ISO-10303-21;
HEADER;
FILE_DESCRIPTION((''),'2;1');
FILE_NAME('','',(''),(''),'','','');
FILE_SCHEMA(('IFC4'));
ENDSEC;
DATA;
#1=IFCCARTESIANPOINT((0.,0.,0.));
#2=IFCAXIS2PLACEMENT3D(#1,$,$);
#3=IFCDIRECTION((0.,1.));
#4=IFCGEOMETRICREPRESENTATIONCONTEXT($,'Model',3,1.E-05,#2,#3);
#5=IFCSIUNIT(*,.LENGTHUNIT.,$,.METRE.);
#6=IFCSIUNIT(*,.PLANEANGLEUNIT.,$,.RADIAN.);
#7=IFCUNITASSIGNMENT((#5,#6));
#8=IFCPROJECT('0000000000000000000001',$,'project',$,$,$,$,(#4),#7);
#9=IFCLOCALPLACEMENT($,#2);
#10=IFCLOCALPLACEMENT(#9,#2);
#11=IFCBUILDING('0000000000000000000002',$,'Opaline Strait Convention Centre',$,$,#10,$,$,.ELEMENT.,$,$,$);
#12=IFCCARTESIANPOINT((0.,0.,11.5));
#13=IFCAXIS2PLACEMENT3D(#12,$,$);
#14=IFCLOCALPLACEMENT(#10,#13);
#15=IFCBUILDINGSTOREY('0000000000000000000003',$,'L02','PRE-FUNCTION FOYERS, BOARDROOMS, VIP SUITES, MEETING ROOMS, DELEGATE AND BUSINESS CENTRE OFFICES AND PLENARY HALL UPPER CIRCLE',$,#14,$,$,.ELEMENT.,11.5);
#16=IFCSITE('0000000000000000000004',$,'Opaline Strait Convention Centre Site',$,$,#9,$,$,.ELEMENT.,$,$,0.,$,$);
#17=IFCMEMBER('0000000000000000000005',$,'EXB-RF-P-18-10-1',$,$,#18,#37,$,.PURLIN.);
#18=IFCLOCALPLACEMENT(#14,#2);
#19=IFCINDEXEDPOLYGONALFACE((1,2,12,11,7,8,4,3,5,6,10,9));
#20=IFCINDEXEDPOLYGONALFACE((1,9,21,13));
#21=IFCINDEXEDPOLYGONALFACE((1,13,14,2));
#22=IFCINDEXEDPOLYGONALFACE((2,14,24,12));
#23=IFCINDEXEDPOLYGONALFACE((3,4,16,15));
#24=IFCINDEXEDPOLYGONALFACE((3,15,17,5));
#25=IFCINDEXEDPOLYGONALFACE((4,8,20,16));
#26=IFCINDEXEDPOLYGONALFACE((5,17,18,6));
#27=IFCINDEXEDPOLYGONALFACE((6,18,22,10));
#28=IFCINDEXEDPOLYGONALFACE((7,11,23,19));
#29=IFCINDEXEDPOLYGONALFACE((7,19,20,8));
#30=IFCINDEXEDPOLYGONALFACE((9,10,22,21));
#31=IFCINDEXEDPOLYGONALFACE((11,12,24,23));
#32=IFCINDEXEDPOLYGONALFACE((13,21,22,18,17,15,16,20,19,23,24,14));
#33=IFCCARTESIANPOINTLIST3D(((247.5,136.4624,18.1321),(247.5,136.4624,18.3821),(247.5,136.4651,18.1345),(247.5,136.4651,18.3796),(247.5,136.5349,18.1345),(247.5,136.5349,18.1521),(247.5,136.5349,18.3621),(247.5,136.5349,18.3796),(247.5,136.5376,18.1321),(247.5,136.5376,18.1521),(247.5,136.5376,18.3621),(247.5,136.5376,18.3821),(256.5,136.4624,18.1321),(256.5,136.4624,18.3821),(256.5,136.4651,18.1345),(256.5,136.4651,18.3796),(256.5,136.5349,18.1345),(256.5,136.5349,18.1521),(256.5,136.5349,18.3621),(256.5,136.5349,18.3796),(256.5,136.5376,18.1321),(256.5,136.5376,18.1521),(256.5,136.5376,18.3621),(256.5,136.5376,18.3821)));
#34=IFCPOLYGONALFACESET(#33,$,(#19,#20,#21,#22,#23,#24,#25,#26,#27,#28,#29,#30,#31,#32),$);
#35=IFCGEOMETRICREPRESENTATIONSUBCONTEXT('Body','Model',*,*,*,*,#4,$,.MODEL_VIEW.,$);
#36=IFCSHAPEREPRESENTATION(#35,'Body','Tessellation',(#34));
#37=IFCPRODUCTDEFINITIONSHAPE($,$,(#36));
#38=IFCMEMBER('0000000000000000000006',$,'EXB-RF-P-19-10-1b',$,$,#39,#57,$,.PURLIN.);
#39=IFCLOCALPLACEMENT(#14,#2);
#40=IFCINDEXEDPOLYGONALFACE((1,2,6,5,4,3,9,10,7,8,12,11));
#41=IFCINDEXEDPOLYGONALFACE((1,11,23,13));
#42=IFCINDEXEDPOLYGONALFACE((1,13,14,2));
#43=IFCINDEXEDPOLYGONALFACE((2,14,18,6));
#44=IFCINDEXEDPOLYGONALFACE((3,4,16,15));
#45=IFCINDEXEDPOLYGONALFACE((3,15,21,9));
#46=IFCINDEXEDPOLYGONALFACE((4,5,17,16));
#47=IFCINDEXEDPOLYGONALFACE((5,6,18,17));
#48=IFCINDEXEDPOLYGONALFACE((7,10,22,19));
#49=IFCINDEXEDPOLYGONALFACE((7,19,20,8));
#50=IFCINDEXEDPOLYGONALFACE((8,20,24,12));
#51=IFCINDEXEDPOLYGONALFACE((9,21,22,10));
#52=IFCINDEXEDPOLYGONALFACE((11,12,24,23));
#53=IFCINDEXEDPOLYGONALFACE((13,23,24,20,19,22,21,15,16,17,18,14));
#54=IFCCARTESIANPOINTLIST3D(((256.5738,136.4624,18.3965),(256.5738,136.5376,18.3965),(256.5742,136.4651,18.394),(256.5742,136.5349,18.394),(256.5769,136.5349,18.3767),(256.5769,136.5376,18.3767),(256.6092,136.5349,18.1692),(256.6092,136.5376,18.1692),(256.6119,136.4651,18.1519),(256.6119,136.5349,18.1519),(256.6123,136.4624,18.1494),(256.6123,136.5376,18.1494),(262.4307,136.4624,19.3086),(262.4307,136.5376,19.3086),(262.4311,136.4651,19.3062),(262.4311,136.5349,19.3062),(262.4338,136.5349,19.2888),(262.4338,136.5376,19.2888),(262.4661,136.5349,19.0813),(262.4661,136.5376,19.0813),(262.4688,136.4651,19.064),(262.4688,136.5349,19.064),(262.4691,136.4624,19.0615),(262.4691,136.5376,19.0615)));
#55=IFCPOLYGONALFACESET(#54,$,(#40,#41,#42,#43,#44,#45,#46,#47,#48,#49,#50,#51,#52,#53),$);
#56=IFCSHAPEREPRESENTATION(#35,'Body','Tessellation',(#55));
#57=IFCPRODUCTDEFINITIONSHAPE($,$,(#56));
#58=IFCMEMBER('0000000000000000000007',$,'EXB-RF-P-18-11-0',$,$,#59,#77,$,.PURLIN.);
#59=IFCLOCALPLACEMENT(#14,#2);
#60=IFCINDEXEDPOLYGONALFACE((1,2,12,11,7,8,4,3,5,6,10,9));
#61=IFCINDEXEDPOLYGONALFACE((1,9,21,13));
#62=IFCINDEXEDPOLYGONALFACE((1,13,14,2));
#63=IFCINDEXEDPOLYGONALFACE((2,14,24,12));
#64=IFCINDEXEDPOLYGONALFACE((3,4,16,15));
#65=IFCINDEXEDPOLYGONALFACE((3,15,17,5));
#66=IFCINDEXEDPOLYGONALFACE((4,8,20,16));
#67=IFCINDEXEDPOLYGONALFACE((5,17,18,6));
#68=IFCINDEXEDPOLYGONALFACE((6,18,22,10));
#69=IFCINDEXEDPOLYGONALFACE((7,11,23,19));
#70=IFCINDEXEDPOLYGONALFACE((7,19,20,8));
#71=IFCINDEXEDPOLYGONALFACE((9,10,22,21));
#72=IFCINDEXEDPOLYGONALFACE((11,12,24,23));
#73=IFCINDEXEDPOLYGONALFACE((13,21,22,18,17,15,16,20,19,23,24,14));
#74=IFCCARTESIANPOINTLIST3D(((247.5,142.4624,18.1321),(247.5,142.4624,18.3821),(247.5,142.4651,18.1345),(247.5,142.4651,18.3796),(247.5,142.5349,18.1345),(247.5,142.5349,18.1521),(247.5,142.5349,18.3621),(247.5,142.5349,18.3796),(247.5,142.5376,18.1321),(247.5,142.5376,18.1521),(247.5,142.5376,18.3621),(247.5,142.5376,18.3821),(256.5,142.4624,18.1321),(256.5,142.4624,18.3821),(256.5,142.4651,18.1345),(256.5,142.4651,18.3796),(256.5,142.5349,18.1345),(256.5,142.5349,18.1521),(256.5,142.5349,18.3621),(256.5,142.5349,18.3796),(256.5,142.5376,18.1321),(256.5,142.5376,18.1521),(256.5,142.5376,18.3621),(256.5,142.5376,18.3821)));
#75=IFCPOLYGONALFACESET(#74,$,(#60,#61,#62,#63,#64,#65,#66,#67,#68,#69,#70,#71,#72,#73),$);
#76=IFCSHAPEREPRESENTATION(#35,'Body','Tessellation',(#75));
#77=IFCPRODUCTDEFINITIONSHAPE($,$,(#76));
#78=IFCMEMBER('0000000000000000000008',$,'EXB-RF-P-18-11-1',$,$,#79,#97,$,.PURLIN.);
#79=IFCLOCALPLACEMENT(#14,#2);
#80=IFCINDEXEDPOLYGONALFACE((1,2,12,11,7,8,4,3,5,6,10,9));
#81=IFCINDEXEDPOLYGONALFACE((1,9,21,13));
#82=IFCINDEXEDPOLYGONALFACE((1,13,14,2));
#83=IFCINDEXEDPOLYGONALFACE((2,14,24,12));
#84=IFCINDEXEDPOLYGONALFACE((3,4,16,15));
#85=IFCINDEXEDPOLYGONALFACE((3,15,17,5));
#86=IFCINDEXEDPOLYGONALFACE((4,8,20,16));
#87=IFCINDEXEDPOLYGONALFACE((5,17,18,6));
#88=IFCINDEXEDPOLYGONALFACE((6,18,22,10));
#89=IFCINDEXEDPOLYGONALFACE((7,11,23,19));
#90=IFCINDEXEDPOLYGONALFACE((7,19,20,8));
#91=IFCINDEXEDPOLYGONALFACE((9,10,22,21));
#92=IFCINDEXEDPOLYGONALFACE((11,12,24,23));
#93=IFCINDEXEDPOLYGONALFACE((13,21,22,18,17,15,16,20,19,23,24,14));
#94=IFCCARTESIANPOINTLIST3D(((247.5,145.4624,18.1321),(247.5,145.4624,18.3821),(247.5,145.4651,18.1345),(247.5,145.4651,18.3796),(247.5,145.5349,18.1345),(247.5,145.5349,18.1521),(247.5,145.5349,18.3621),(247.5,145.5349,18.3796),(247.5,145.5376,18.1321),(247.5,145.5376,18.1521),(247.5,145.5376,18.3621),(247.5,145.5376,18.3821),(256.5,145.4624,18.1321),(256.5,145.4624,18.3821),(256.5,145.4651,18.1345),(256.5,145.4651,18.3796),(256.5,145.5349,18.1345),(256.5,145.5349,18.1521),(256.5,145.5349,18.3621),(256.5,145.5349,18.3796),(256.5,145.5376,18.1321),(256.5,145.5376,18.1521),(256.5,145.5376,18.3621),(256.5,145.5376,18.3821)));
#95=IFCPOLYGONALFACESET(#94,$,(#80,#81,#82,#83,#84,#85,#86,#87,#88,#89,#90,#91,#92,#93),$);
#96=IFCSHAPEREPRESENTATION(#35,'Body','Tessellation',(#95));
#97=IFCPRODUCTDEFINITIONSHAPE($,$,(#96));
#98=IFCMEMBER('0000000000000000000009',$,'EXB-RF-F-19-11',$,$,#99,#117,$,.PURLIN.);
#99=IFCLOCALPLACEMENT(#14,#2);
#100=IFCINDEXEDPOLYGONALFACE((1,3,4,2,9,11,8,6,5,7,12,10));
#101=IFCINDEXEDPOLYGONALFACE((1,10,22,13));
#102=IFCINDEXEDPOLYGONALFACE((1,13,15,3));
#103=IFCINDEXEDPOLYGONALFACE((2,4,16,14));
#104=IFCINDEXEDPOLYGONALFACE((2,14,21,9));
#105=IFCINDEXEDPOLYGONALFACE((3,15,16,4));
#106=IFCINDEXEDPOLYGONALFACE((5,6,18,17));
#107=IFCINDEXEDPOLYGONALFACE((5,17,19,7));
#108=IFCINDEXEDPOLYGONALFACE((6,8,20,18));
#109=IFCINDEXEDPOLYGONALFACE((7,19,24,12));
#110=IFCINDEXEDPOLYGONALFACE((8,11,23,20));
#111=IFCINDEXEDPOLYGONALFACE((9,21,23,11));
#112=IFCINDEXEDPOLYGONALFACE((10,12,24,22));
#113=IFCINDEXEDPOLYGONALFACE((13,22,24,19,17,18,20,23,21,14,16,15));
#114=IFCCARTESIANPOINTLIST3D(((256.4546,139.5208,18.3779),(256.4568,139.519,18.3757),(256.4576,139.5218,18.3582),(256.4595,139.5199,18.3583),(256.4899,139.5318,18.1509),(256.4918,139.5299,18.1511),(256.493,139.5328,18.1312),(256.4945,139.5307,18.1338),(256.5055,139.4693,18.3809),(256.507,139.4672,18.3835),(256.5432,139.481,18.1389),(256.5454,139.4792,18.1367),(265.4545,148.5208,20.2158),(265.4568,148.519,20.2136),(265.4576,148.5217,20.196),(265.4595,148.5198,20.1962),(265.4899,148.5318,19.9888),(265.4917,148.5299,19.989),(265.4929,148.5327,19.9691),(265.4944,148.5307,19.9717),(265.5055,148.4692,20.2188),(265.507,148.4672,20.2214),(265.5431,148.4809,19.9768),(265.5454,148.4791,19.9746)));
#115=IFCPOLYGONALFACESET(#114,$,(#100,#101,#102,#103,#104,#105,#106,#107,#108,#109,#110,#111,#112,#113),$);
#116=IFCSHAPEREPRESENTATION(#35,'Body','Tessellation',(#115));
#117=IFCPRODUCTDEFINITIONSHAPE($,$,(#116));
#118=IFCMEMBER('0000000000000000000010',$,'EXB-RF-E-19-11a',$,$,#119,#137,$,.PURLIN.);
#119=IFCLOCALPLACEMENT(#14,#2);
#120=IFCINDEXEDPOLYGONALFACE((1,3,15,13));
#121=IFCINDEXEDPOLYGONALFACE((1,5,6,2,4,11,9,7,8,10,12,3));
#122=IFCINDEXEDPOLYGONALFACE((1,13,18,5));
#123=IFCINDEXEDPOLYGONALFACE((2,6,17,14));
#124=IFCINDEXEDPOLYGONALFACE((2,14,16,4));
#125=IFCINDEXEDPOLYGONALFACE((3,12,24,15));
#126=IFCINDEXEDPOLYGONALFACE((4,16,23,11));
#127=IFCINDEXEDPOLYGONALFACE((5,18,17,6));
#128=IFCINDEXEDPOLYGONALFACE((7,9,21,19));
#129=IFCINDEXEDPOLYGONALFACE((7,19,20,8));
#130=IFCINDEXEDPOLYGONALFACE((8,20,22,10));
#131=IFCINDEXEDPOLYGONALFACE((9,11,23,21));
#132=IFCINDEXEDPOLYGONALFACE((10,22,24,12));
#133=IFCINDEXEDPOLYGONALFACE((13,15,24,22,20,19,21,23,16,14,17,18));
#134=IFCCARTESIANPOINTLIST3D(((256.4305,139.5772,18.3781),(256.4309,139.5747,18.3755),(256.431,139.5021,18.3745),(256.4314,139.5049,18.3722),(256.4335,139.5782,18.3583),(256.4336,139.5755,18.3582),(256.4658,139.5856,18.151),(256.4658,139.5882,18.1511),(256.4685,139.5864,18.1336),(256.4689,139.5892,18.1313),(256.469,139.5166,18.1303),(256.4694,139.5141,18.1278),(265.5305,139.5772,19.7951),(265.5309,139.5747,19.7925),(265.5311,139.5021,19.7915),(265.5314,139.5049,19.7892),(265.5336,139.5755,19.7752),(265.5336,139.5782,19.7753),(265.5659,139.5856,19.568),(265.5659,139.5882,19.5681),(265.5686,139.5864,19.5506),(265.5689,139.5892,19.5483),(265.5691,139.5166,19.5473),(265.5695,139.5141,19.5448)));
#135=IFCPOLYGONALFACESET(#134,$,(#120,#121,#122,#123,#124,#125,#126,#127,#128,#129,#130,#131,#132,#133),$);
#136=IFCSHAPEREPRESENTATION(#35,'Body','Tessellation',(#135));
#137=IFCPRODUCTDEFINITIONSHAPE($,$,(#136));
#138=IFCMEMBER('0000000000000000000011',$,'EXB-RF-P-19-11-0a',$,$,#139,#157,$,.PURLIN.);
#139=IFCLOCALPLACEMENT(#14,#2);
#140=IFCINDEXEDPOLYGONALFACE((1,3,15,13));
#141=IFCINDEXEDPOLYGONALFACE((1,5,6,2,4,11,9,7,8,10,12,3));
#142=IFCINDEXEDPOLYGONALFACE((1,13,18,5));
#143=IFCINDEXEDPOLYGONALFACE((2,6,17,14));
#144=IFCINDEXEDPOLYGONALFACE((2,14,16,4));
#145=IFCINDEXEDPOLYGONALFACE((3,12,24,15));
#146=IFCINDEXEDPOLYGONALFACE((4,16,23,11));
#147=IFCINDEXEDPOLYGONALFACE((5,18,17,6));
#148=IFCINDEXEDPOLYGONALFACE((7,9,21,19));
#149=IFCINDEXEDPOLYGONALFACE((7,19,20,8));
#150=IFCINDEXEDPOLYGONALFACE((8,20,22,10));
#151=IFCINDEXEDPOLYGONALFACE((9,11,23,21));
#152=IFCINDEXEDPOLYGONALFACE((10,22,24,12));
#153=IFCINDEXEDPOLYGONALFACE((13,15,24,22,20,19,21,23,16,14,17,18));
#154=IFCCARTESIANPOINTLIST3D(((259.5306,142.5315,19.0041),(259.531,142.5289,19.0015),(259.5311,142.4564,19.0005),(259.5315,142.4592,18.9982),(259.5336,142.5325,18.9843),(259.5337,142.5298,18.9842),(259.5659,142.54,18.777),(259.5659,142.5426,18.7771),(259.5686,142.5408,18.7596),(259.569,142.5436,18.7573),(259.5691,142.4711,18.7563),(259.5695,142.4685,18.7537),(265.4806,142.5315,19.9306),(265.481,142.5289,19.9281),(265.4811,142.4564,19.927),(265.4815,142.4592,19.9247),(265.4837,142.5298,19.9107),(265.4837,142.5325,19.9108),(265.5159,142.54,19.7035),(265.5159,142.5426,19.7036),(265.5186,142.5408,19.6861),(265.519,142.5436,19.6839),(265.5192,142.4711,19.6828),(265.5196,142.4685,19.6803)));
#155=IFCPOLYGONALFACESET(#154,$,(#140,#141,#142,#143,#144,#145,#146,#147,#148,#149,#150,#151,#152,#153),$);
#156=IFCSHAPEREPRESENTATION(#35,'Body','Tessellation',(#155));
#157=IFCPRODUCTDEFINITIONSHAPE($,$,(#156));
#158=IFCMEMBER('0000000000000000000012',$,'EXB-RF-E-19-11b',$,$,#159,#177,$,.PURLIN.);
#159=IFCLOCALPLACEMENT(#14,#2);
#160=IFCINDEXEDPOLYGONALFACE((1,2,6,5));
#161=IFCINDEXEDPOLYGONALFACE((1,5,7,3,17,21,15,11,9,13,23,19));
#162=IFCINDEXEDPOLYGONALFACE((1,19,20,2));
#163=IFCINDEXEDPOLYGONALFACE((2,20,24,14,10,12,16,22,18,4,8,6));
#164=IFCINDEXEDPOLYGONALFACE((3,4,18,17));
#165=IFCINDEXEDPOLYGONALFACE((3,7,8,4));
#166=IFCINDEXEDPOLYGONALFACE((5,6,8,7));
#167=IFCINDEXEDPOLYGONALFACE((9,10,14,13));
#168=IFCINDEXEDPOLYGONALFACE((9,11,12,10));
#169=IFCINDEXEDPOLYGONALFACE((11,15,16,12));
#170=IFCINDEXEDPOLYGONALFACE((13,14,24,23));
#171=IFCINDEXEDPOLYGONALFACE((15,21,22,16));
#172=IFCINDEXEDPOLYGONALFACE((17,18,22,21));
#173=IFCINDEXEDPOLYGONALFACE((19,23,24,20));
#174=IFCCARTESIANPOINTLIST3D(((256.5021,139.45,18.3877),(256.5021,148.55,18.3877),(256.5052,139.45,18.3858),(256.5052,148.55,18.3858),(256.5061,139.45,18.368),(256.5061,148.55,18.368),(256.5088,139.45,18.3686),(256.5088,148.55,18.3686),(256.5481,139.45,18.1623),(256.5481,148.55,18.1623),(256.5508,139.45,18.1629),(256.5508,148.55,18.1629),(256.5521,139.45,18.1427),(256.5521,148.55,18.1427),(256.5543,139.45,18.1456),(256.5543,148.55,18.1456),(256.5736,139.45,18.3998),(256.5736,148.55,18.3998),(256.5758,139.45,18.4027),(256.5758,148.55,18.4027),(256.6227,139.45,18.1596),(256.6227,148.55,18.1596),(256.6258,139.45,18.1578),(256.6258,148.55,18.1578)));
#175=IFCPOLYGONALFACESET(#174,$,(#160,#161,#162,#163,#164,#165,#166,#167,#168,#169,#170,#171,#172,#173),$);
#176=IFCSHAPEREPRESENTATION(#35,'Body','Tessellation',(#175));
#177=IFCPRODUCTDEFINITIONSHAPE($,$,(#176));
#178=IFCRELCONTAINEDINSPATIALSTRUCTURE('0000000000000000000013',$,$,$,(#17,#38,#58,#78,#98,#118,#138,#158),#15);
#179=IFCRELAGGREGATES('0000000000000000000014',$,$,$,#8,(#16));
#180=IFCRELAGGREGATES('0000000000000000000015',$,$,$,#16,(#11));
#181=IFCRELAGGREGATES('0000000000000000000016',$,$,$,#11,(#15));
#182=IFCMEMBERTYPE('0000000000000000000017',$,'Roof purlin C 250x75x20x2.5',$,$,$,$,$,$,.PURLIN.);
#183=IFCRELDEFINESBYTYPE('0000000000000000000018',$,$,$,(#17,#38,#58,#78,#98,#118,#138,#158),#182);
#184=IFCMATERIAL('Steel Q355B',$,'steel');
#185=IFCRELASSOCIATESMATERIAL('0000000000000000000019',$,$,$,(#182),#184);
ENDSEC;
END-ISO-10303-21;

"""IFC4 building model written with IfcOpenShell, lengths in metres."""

from ifc_helpers import new_model, si_unit, direction, frame, origin, place, context, subcontext, project, spatial, polyline, outline, extrude, material, material_profile, profile_set, type_object, element, save


model = new_model("IFC4")

# Units and contexts
model_context = context("Model", 3, precision=1e-05, world=origin(), true_north=direction((0.0, 1.0)))
body_context = subcontext(model_context, "Body", "Model", "MODEL_VIEW")
ifc_project = project(units=[si_unit("LENGTHUNIT", "METRE"), si_unit("PLANEANGLEUNIT", "RADIAN")], contexts=[model_context])

# Site, building, storey
site_placement = place(None, origin())
site = spatial("IfcSite", under=ifc_project, at=site_placement, Name="Opaline Strait Convention Centre Site", CompositionType="ELEMENT", RefElevation=0.0)
building_placement = place(site_placement, origin())
building = spatial("IfcBuilding", under=site, at=building_placement, Name="Opaline Strait Convention Centre", CompositionType="ELEMENT")
storey_placement = place(building_placement, frame((0.0, 0.0, 11.5)))
storey = spatial("IfcBuildingStorey", under=building, at=storey_placement, Name="L02", Description="PRE-FUNCTION FOYERS, BOARDROOMS, VIP SUITES, MEETING ROOMS, DELEGATE AND BUSINESS CENTRE OFFICES AND PLENARY HALL UPPER CIRCLE", CompositionType="ELEMENT", Elevation=11.5)

# Members
ifc_material_1 = material(Name="Steel Q355B", Category="steel")
ifc_material_profile_1 = material_profile(ifc_material_1, outline(polyline([(-0.0376, -0.125), (0.0376, -0.125), (0.0376, -0.105), (0.0349, -0.105), (0.0349, -0.1226), (-0.0349, -0.1226), (-0.0349, 0.1226), (0.0349, 0.1226), (0.0349, 0.105), (0.0376, 0.105), (0.0376, 0.125), (-0.0376, 0.125), (-0.0376, -0.125)])), Name="C 250x75x20x2.5")
ifc_profile_set_1 = profile_set([ifc_material_profile_1], Name="Steel Q355B")
member_type_1 = type_object("IfcMemberType", Name="Roof purlin C 250x75x20x2.5", PredefinedType="PURLIN", material=ifc_profile_set_1)
member_1_placement = place(storey_placement, frame((247.5, 136.5, 18.2571), z_axis=(1.0, 0.0, 0.0), x_axis=(0.0, 1.0, 0.0)))
element("IfcMember", 1, at=member_1_placement, inside=storey, type_object=member_type_1, Name="EXB-RF-P-18-10-1", PredefinedType="PURLIN", context=body_context, shape_type="SweptSolid", body=[
    extrude(outline(polyline([(-0.0376, -0.125), (0.0376, -0.125), (0.0376, -0.105), (0.0349, -0.105), (0.0349, -0.1226), (-0.0349, -0.1226), (-0.0349, 0.1226), (0.0349, 0.1226), (0.0349, 0.105), (0.0376, 0.105), (0.0376, 0.125), (-0.0376, 0.125), (-0.0376, -0.125)])), origin(), (0.0, 0.0, 1.0), 9.0),
])
member_2_placement = place(storey_placement, frame((256.593, 136.5, 18.2729), z_axis=(0.98809, 0.0, 0.153877), x_axis=(0.0, 1.0, 0.0)))
element("IfcMember", 2, at=member_2_placement, inside=storey, type_object=member_type_1, Name="EXB-RF-P-19-10-1b", PredefinedType="PURLIN", context=body_context, shape_type="SweptSolid", body=[
    extrude(outline(polyline([(-0.0376, -0.125), (0.0376, -0.125), (0.0376, -0.105), (0.0349, -0.105), (0.0349, -0.1226), (-0.0349, -0.1226), (-0.0349, 0.1226), (0.0349, 0.1226), (0.0349, 0.105), (0.0376, 0.105), (0.0376, 0.125), (-0.0376, 0.125), (-0.0376, -0.125)])), origin(), (0.0, 0.0, 1.0), 5.9275),
])
for number, where, z_axis, x_axis, name in (
    (3, (247.5, 142.5, 18.2571), (1.0, 0.0, 0.0), (0.0, 1.0, 0.0), "EXB-RF-P-18-11-0"),
    (4, (247.5, 145.5, 18.2571), (1.0, 0.0, 0.0), (0.0, 1.0, 0.0), "EXB-RF-P-18-11-1"),
):
    element("IfcMember", number, at=place(storey_placement, frame(where, z_axis=z_axis, x_axis=x_axis)), inside=storey, type_object=member_type_1, Name=name, PredefinedType="PURLIN", context=body_context, shape_type="SweptSolid", body=[
        extrude(outline(polyline([(-0.0376, -0.125), (0.0376, -0.125), (0.0376, -0.105), (0.0349, -0.105), (0.0349, -0.1226), (-0.0349, -0.1226), (-0.0349, 0.1226), (0.0349, 0.1226), (0.0349, 0.105), (0.0376, 0.105), (0.0376, 0.125), (-0.0376, 0.125), (-0.0376, -0.125)])), origin(), (0.0, 0.0, 1.0), 9.0),
    ])
member_3_placement = place(storey_placement, frame((256.5, 139.5, 18.2573), z_axis=(0.699848, 0.699848, 0.142916), x_axis=(-0.697562, 0.712686, -0.074064)))
element("IfcMember", 5, at=member_3_placement, inside=storey, type_object=member_type_1, Name="EXB-RF-F-19-11", PredefinedType="PURLIN", context=body_context, shape_type="SweptSolid", body=[
    extrude(outline(polyline([(-0.0376, -0.125), (0.0376, -0.125), (0.0376, -0.105), (0.0349, -0.105), (0.0349, -0.1226), (-0.0349, -0.1226), (-0.0349, 0.1226), (0.0349, 0.1226), (0.0349, 0.105), (0.0376, 0.105), (0.0376, 0.125), (-0.0376, 0.125), (-0.0376, -0.125)])), origin(), (0.0, 0.0, 1.0), 12.8599),
])
member_4_placement = place(storey_placement, frame((256.45, 139.5457, 18.2529), z_axis=(0.988093, 0.0, 0.153858), x_axis=(-0.007363, 0.998854, 0.047288)))
element("IfcMember", 6, at=member_4_placement, inside=storey, type_object=member_type_1, Name="EXB-RF-E-19-11a", PredefinedType="PURLIN", context=body_context, shape_type="SweptSolid", body=[
    extrude(outline(polyline([(-0.0376, -0.125), (0.0376, -0.125), (0.0376, -0.105), (0.0349, -0.105), (0.0349, -0.1226), (-0.0349, -0.1226), (-0.0349, 0.1226), (0.0349, 0.1226), (0.0349, 0.105), (0.0376, 0.105), (0.0376, 0.125), (-0.0376, 0.125), (-0.0376, -0.125)])), origin(), (0.0, 0.0, 1.0), 9.2097),
])
member_5_placement = place(storey_placement, frame((259.55, 142.5, 18.8789), z_axis=(0.988092, 0.0, 0.153864), x_axis=(-0.007452, 0.998826, 0.047856)))
element("IfcMember", 7, at=member_5_placement, inside=storey, type_object=member_type_1, Name="EXB-RF-P-19-11-0a", PredefinedType="PURLIN", context=body_context, shape_type="SweptSolid", body=[
    extrude(outline(polyline([(-0.0376, -0.125), (0.0376, -0.125), (0.0376, -0.105), (0.0349, -0.105), (0.0349, -0.1226), (-0.0349, -0.1226), (-0.0349, 0.1226), (0.0349, 0.1226), (0.0349, 0.105), (0.0376, 0.105), (0.0376, 0.125), (-0.0376, 0.125), (-0.0376, -0.125)])), origin(), (0.0, 0.0, 1.0), 6.0217),
])
member_6_placement = place(storey_placement, frame((256.564, 139.45, 18.2727), z_axis=(0.0, 1.0, 0.0), x_axis=(-0.97978, 0.0, -0.200078)))
element("IfcMember", 8, at=member_6_placement, inside=storey, type_object=member_type_1, Name="EXB-RF-E-19-11b", PredefinedType="PURLIN", context=body_context, shape_type="SweptSolid", body=[
    extrude(outline(polyline([(-0.0376, -0.125), (0.0376, -0.125), (0.0376, -0.105), (0.0349, -0.105), (0.0349, -0.1226), (-0.0349, -0.1226), (-0.0349, 0.1226), (0.0349, 0.1226), (0.0349, 0.105), (0.0376, 0.105), (0.0376, 0.125), (-0.0376, 0.125), (-0.0376, -0.125)])), origin(), (0.0, 0.0, 1.0), 9.1001),
])

save(model, "model.ifc")
